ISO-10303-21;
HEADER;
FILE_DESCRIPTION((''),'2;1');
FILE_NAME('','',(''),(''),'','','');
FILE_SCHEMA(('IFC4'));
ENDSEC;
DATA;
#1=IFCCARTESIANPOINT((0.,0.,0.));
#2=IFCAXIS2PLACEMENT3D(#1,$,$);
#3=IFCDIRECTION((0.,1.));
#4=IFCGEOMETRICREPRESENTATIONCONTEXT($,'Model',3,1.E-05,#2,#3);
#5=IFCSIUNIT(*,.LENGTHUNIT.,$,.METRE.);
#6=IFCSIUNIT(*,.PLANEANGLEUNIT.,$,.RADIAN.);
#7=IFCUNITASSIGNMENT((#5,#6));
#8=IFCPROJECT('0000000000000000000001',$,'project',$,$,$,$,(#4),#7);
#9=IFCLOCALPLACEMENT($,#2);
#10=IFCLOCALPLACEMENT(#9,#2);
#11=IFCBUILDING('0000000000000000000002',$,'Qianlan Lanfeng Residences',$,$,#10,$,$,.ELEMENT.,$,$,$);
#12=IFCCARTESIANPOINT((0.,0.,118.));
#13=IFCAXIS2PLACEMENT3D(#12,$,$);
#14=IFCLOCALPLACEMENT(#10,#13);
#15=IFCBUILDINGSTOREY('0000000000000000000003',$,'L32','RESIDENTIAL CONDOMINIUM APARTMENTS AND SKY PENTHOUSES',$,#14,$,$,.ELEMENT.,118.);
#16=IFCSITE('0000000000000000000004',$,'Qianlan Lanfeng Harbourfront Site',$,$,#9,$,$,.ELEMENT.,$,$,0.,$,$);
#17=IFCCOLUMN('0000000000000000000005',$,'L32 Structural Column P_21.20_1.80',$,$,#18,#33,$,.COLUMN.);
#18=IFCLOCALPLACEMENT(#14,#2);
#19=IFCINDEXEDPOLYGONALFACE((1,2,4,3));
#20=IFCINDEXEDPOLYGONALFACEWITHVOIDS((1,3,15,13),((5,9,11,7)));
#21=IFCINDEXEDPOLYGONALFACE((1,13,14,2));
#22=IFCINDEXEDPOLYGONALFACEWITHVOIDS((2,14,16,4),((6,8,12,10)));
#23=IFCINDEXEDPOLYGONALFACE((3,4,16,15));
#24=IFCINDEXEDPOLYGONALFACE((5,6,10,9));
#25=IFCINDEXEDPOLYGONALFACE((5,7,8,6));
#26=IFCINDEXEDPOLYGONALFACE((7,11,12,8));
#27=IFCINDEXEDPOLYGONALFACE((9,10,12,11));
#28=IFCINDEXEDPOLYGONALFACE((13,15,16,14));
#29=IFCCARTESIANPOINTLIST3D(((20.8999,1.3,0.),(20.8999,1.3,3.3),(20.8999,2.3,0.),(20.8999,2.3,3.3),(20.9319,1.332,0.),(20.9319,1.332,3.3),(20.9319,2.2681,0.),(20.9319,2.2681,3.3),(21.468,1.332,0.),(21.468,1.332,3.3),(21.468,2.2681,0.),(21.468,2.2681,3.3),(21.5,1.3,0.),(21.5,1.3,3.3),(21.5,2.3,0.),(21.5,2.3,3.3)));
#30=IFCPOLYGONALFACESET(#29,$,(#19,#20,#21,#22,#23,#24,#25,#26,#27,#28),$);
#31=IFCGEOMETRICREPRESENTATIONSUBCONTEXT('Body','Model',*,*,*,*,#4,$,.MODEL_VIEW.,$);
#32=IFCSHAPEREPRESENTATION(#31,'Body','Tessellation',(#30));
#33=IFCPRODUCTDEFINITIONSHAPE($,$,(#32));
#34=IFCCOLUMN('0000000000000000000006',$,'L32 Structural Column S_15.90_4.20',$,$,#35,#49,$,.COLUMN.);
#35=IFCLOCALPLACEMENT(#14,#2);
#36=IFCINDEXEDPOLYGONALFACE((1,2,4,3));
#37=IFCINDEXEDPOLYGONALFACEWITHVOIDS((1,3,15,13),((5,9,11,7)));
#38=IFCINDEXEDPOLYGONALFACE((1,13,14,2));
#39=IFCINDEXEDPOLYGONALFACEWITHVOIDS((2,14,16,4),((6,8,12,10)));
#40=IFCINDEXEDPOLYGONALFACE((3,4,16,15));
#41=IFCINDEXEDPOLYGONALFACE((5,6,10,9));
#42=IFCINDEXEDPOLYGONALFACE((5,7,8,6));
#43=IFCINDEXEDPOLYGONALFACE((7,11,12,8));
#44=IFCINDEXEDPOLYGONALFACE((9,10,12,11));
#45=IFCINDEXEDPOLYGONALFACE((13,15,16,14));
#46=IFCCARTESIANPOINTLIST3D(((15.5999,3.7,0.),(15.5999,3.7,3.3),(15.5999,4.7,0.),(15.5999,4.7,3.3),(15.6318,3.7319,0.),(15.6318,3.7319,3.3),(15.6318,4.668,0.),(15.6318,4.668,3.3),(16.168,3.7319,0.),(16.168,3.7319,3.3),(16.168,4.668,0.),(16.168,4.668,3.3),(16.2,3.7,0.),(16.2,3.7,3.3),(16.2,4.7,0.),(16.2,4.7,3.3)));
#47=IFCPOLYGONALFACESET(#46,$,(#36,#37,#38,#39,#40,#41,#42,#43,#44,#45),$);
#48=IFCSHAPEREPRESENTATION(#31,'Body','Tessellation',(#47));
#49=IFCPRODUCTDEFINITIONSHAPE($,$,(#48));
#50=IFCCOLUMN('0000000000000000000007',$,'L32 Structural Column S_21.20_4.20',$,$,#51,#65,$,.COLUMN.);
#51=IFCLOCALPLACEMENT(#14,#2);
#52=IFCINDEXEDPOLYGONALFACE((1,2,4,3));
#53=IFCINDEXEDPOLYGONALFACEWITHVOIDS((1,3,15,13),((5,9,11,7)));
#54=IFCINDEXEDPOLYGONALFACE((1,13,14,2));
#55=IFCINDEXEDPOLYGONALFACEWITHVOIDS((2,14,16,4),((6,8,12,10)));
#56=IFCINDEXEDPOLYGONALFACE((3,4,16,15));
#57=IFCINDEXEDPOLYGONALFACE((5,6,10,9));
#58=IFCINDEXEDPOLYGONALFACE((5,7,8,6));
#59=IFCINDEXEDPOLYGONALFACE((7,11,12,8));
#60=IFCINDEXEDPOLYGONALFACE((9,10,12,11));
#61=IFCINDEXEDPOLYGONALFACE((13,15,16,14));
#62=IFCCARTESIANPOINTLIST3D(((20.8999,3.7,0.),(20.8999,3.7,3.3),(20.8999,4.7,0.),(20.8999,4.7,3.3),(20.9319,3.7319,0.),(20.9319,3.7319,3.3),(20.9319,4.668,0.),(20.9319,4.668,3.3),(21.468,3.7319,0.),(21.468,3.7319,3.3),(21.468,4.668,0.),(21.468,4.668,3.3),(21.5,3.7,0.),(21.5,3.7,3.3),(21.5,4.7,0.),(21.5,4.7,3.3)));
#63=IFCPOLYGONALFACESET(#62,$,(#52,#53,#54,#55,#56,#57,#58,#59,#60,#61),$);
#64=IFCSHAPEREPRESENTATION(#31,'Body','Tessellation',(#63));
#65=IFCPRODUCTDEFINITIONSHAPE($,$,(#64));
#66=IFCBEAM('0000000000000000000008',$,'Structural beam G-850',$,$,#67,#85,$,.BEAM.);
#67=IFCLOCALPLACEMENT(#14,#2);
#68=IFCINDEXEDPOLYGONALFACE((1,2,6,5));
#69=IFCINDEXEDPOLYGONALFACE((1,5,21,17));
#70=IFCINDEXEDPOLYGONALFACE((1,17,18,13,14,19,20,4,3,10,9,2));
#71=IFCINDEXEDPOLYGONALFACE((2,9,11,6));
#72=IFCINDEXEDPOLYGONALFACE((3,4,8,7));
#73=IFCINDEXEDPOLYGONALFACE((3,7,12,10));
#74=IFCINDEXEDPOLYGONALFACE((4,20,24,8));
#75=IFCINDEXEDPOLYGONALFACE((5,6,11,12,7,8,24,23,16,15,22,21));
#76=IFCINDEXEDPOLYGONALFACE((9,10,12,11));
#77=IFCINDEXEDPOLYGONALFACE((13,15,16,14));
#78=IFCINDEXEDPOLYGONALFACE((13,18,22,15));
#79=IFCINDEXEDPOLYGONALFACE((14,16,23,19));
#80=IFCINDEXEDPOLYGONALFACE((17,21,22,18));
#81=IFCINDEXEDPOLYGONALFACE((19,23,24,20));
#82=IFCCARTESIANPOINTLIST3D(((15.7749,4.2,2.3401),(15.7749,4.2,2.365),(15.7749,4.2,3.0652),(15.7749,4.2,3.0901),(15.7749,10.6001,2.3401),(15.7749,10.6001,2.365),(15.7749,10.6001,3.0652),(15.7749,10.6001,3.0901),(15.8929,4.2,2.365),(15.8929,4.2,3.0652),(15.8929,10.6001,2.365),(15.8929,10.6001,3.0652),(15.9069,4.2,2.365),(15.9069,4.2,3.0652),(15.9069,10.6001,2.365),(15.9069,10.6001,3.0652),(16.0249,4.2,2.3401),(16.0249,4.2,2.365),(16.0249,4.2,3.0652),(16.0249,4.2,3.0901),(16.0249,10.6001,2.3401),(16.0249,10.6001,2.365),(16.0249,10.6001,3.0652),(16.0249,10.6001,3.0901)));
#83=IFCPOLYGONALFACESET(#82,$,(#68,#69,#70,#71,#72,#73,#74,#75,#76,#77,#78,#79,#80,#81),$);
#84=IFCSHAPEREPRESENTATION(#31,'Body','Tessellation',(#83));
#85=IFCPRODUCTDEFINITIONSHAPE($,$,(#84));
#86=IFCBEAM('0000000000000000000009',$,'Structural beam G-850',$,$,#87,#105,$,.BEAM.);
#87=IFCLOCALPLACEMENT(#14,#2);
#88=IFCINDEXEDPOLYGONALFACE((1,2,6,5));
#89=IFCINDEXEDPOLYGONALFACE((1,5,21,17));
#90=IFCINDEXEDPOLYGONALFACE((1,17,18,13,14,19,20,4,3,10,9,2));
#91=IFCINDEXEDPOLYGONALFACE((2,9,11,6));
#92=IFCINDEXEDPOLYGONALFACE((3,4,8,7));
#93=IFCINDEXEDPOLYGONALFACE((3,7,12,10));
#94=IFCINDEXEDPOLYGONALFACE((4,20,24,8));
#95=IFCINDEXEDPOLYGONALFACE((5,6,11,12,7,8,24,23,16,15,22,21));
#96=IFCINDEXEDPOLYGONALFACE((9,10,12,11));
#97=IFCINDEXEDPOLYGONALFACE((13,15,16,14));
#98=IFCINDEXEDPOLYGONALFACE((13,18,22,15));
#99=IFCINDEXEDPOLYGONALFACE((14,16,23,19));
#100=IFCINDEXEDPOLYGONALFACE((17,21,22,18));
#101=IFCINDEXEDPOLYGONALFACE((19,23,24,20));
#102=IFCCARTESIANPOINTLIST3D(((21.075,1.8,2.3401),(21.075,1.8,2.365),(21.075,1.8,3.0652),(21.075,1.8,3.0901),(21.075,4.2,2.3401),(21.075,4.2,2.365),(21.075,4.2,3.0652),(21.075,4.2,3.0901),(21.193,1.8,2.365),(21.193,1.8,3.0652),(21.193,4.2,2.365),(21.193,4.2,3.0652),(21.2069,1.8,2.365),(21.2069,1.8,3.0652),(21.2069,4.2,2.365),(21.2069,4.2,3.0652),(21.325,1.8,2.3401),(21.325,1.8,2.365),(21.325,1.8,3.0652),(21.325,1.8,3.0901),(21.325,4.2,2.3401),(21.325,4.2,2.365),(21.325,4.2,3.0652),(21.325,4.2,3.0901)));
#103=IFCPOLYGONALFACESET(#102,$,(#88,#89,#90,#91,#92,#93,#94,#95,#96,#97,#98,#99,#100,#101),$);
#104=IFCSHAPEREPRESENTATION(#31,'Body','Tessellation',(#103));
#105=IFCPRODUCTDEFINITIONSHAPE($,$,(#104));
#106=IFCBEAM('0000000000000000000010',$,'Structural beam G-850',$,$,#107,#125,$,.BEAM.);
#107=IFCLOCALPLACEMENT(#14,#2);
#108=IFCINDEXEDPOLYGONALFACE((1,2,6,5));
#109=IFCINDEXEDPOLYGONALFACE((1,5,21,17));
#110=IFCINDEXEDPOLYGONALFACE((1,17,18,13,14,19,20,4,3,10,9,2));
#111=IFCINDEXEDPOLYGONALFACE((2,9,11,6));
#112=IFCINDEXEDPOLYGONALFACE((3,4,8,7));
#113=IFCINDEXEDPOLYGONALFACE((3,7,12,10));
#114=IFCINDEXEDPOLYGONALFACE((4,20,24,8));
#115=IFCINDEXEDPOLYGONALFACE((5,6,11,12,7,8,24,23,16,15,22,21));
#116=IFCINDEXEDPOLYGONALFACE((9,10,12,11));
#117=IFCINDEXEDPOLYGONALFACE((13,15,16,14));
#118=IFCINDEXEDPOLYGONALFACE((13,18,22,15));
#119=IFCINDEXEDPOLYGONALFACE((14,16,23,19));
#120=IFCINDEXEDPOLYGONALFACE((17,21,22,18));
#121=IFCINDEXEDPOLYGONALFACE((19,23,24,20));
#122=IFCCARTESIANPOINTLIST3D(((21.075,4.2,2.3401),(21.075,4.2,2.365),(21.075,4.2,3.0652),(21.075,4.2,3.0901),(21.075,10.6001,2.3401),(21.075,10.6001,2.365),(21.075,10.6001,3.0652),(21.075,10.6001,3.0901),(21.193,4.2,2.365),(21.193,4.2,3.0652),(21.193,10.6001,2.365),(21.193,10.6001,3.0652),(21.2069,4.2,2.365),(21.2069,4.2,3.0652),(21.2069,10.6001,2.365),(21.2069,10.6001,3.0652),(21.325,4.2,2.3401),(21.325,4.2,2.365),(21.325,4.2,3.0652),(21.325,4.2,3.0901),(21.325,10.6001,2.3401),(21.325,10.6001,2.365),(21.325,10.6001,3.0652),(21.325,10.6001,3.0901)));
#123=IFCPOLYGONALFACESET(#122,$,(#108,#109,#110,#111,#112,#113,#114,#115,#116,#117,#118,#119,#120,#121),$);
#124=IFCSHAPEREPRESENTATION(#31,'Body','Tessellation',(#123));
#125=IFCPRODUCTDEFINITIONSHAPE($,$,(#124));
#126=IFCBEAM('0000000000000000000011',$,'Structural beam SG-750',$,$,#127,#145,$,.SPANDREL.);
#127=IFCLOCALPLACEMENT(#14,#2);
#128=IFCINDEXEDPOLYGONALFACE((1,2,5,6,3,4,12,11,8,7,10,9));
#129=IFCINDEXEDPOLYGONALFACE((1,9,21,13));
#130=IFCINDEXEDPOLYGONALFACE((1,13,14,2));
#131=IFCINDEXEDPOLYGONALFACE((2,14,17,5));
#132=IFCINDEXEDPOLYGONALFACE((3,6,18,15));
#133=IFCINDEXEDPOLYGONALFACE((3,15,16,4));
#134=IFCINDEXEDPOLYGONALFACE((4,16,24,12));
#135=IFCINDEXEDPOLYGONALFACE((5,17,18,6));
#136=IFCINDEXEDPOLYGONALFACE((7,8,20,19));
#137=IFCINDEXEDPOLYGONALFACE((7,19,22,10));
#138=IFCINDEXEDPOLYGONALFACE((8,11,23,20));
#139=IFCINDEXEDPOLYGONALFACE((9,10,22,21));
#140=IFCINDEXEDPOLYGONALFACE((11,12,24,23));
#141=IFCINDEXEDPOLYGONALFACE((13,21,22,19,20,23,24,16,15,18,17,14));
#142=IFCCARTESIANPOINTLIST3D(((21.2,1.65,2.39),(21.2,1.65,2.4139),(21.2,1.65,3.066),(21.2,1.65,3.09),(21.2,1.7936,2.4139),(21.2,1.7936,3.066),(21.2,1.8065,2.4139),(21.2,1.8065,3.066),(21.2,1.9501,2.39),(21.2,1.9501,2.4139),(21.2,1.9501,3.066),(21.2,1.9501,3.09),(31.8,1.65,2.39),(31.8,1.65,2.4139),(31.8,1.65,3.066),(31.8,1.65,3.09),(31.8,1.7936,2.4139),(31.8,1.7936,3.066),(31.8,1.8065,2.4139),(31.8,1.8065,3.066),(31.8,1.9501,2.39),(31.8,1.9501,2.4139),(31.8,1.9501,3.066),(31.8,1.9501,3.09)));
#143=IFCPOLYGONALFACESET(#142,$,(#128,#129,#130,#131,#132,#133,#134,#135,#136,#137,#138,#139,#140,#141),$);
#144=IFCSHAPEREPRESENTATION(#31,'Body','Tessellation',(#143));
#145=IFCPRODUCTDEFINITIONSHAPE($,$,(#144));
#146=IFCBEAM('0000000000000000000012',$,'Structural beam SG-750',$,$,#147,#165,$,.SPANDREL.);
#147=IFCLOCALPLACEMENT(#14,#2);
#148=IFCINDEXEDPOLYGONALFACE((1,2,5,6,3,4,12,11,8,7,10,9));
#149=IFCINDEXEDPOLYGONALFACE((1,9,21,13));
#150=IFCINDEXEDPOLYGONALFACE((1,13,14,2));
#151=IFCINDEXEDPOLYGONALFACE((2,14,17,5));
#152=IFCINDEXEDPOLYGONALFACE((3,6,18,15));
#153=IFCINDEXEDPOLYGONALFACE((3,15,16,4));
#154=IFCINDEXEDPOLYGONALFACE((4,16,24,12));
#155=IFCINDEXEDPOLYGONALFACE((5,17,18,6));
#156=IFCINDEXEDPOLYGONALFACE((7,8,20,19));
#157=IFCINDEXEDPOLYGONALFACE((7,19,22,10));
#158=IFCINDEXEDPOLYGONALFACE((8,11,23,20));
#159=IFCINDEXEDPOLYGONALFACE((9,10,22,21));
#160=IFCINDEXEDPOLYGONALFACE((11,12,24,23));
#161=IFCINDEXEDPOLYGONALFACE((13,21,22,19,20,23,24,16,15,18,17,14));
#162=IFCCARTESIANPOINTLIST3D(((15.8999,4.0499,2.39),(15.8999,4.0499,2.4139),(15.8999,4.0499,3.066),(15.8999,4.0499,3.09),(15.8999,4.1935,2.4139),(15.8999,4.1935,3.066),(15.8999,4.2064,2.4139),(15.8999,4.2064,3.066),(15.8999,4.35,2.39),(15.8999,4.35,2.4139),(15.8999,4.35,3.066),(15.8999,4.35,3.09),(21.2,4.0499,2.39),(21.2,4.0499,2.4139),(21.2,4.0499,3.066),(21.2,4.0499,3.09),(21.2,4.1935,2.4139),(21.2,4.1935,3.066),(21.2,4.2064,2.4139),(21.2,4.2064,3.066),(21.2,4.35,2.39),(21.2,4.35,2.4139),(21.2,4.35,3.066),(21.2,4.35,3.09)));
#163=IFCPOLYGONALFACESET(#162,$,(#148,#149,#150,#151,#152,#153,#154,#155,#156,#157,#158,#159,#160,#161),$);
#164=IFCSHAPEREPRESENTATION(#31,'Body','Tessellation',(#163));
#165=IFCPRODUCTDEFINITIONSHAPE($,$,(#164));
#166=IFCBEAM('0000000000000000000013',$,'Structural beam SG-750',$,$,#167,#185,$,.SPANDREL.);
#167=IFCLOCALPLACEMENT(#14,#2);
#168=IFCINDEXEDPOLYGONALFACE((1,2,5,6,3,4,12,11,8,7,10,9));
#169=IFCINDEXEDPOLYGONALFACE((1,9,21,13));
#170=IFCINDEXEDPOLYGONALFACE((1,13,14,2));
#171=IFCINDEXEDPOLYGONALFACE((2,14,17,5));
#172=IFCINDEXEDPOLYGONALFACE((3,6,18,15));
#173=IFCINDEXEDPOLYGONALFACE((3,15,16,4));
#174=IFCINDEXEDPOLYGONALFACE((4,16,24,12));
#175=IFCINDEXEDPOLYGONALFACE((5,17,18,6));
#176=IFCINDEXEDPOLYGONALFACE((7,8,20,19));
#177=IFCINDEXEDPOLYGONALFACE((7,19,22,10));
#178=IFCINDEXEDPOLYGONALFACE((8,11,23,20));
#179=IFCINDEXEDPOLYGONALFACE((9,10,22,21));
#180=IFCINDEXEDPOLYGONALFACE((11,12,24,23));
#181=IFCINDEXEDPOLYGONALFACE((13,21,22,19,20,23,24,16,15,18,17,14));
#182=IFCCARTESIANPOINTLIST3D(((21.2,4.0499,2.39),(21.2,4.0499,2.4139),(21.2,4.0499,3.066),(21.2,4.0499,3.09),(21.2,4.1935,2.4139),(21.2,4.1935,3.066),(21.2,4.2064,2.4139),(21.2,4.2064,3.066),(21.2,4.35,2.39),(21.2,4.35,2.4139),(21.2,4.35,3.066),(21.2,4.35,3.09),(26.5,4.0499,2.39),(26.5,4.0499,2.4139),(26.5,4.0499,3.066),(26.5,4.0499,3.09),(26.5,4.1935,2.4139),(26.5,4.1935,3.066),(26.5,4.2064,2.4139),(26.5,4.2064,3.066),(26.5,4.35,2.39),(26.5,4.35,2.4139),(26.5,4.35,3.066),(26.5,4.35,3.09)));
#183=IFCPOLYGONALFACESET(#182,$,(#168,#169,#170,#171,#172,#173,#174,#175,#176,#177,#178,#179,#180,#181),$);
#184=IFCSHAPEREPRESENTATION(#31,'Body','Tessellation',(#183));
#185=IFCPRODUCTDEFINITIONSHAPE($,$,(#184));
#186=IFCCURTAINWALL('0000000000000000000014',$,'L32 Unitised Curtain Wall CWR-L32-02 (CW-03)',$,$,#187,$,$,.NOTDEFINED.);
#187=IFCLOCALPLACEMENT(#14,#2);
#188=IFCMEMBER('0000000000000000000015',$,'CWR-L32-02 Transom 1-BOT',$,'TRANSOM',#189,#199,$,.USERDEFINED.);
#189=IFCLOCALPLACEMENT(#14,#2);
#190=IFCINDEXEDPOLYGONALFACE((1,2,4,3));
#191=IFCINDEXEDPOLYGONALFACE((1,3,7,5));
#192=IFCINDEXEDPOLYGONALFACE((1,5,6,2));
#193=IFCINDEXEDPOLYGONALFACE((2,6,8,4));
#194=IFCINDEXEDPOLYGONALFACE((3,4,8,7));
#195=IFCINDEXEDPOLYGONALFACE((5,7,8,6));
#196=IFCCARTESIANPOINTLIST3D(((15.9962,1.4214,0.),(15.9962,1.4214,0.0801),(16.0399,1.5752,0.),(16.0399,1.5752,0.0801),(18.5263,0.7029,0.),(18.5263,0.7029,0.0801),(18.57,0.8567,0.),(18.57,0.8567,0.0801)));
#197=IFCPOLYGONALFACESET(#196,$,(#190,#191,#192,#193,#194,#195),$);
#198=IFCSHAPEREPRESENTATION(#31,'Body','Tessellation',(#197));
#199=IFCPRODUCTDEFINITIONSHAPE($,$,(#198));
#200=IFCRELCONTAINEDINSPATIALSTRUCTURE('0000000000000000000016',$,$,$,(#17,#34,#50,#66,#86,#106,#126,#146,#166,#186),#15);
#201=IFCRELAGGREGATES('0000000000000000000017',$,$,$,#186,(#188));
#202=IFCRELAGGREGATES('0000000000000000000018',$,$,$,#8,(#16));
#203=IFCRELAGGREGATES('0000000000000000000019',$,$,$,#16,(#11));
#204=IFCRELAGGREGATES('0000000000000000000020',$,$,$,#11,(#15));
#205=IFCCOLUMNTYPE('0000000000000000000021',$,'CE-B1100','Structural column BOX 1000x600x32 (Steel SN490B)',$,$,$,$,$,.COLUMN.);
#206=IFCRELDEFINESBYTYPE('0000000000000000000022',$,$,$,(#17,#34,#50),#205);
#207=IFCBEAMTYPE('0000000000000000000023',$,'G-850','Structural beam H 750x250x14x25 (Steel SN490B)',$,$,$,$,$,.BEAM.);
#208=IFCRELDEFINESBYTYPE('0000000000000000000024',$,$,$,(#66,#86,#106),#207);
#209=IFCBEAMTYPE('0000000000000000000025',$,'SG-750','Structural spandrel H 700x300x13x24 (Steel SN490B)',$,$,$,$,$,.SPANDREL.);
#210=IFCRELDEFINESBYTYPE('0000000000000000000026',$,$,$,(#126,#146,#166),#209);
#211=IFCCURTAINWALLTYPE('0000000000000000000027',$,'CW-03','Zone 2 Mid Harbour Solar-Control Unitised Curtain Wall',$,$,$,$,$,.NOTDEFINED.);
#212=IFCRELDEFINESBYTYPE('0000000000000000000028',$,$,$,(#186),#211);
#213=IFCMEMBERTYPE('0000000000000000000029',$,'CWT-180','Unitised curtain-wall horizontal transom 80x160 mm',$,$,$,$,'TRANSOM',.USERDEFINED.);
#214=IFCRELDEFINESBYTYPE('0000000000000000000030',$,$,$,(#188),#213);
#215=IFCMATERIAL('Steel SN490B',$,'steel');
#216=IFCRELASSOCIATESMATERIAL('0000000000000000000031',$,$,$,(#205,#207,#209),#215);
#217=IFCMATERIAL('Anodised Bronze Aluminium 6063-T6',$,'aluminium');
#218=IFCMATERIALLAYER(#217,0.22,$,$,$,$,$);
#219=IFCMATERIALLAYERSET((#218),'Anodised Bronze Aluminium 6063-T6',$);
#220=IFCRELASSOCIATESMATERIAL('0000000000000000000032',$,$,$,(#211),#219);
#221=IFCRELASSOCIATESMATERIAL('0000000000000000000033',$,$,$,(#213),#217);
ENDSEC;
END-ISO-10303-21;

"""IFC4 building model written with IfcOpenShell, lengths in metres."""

from ifc_helpers import new_model, si_unit, direction, frame, origin, origin_2d, place, context, subcontext, project, spatial, rectangle, hollow_rectangle, i_section, extrude, source, transform, mapped, material, layer, layer_set, material_profile, profile_set, type_object, element, aggregate, save


model = new_model("IFC4")

# Units and contexts
model_context = context("Model", 3, precision=1e-05, world=origin(), true_north=direction((0.0, 1.0)))
body_context = subcontext(model_context, "Body", "Model", "MODEL_VIEW")
ifc_project = project(units=[si_unit("LENGTHUNIT", "METRE"), si_unit("PLANEANGLEUNIT", "RADIAN")], contexts=[model_context])

# Site, building, storey
site_placement = place(None, origin())
site = spatial("IfcSite", under=ifc_project, at=site_placement, Name="Qianlan Lanfeng Harbourfront Site", CompositionType="ELEMENT", RefElevation=0.0)
building_placement = place(site_placement, origin())
building = spatial("IfcBuilding", under=site, at=building_placement, Name="Qianlan Lanfeng Residences", CompositionType="ELEMENT")
storey_placement = place(building_placement, frame((0.0, 0.0, 118.0)))
storey = spatial("IfcBuildingStorey", under=building, at=storey_placement, Name="L32", Description="RESIDENTIAL CONDOMINIUM APARTMENTS AND SKY PENTHOUSES", CompositionType="ELEMENT", Elevation=118.0)

# Columns
ifc_material_1 = material(Name="Steel SN490B", Category="steel")
ifc_material_profile_1 = material_profile(ifc_material_1, hollow_rectangle(XDim=0.6001, YDim=1.0, WallThickness=0.032, at=origin_2d()), Name="BOX 1000x600x32")
ifc_profile_set_1 = profile_set([ifc_material_profile_1], Name="Steel SN490B")
column_type = type_object("IfcColumnType", Name="CE-B1100", Description="Structural column BOX 1000x600x32 (Steel SN490B)", PredefinedType="COLUMN", material=ifc_profile_set_1)
for number, where, z_axis, x_axis, name in (
    (1, (21.2, 1.8, 0.0), (0.0, 0.0, 1.0), (1.0, 0.0, 0.0), "L32 Structural Column P_21.20_1.80"),
    (2, (15.8999, 4.2, 0.0), (0.0, 0.0, 1.0), (1.0, 0.0, 0.0), "L32 Structural Column S_15.90_4.20"),
    (3, (21.2, 4.2, 0.0), (0.0, 0.0, 1.0), (1.0, 0.0, 0.0), "L32 Structural Column S_21.20_4.20"),
):
    element("IfcColumn", number, at=place(storey_placement, frame(where, z_axis=z_axis, x_axis=x_axis)), inside=storey, type_object=column_type, Name=name, PredefinedType="COLUMN", context=body_context, shape_type="SweptSolid", body=[
        extrude(hollow_rectangle(XDim=0.6001, YDim=1.0, WallThickness=0.032, at=origin_2d()), origin(), (0.0, 0.0, 1.0), 3.3),
    ])

# Beams
ifc_material_profile_2 = material_profile(ifc_material_1, i_section(OverallWidth=0.25, OverallDepth=0.75, WebThickness=0.0139, FlangeThickness=0.0249, at=origin_2d()), Name="H 750x250x14x25")
ifc_profile_set_2 = profile_set([ifc_material_profile_2], Name="Steel SN490B")
beam_type_1 = type_object("IfcBeamType", Name="G-850", Description="Structural beam H 750x250x14x25 (Steel SN490B)", PredefinedType="BEAM", material=ifc_profile_set_2)
beam_1_placement = place(storey_placement, frame((15.8999, 4.2, 2.7151), z_axis=(0.0, 1.0, 0.0), x_axis=(-1.0, 0.0, 0.0)))
element("IfcBeam", 4, at=beam_1_placement, inside=storey, type_object=beam_type_1, Name="Structural beam G-850", PredefinedType="BEAM", context=body_context, shape_type="SweptSolid", body=[
    extrude(i_section(OverallWidth=0.25, OverallDepth=0.75, WebThickness=0.0139, FlangeThickness=0.0249, at=origin_2d()), origin(), (0.0, 0.0, 1.0), 6.4001),
])
beam_2_placement = place(storey_placement, frame((21.2, 1.8, 2.7151), z_axis=(0.0, 1.0, 0.0), x_axis=(-1.0, 0.0, 0.0)))
element("IfcBeam", 5, at=beam_2_placement, inside=storey, type_object=beam_type_1, Name="Structural beam G-850", PredefinedType="BEAM", context=body_context, shape_type="SweptSolid", body=[
    extrude(i_section(OverallWidth=0.25, OverallDepth=0.75, WebThickness=0.0139, FlangeThickness=0.0249, at=origin_2d()), origin(), (0.0, 0.0, 1.0), 2.3999),
])
beam_3_placement = place(storey_placement, frame((21.2, 4.2, 2.7151), z_axis=(0.0, 1.0, 0.0), x_axis=(-1.0, 0.0, 0.0)))
element("IfcBeam", 6, at=beam_3_placement, inside=storey, type_object=beam_type_1, Name="Structural beam G-850", PredefinedType="BEAM", context=body_context, shape_type="SweptSolid", body=[
    extrude(i_section(OverallWidth=0.25, OverallDepth=0.75, WebThickness=0.0139, FlangeThickness=0.0249, at=origin_2d()), origin(), (0.0, 0.0, 1.0), 6.4001),
])
ifc_material_profile_3 = material_profile(ifc_material_1, i_section(OverallWidth=0.3, OverallDepth=0.7, WebThickness=0.0129, FlangeThickness=0.0239, at=origin_2d()), Name="H 700x300x13x24")
ifc_profile_set_3 = profile_set([ifc_material_profile_3], Name="Steel SN490B")
beam_type_2 = type_object("IfcBeamType", Name="SG-750", Description="Structural spandrel H 700x300x13x24 (Steel SN490B)", PredefinedType="SPANDREL", material=ifc_profile_set_3)
beam_4_placement = place(storey_placement, frame((21.2, 1.8, 2.74), z_axis=(1.0, 0.0, 0.0), x_axis=(0.0, 1.0, 0.0)))
element("IfcBeam", 7, at=beam_4_placement, inside=storey, type_object=beam_type_2, Name="Structural beam SG-750", PredefinedType="SPANDREL", context=body_context, shape_type="SweptSolid", body=[
    extrude(i_section(OverallWidth=0.3, OverallDepth=0.7, WebThickness=0.0129, FlangeThickness=0.0239, at=origin_2d()), origin(), (0.0, 0.0, 1.0), 10.6001),
])
for number, where, z_axis, x_axis, name in (
    (8, (15.8999, 4.2, 2.74), (1.0, 0.0, 0.0), (0.0, 1.0, 0.0), "Structural beam SG-750"),
    (9, (21.2, 4.2, 2.74), (1.0, 0.0, 0.0), (0.0, 1.0, 0.0), "Structural beam SG-750"),
):
    element("IfcBeam", number, at=place(storey_placement, frame(where, z_axis=z_axis, x_axis=x_axis)), inside=storey, type_object=beam_type_2, Name=name, PredefinedType="SPANDREL", context=body_context, shape_type="SweptSolid", body=[
        extrude(i_section(OverallWidth=0.3, OverallDepth=0.7, WebThickness=0.0129, FlangeThickness=0.0239, at=origin_2d()), origin(), (0.0, 0.0, 1.0), 5.3),
    ])

# Curtain wall, member
ifc_material_2 = material(Name="Anodised Bronze Aluminium 6063-T6", Category="aluminium")
ifc_layer_1 = layer(ifc_material_2, 0.22)
ifc_layer_set_1 = layer_set([ifc_layer_1], Name="Anodised Bronze Aluminium 6063-T6")
curtain_wall_type = type_object("IfcCurtainWallType", Name="CW-03", Description="Zone 2 Mid Harbour Solar-Control Unitised Curtain Wall", PredefinedType="NOTDEFINED", material=ifc_layer_set_1)
curtain_wall_1_placement = place(storey_placement, origin())
curtain_wall_1 = element("IfcCurtainWall", 10, at=curtain_wall_1_placement, inside=storey, type_object=curtain_wall_type, Name="L32 Unitised Curtain Wall CWR-L32-02 (CW-03)", PredefinedType="NOTDEFINED")
ifc_material_profile_4 = material_profile(ifc_material_2, rectangle(XDim=0.0801, YDim=0.1599, at=origin_2d()), Name="ALU TRANSOM 80x160")
ifc_profile_set_4 = profile_set([ifc_material_profile_4], Name="Anodised Bronze Aluminium 6063-T6")
member_type_1 = type_object("IfcMemberType", Name="CWT-180", Description="Unitised curtain-wall horizontal transom 80x160 mm", ElementType="TRANSOM", PredefinedType="USERDEFINED", material=ifc_profile_set_4)
shared_shape_1 = source(origin(), body_context, "Body", "SweptSolid", [
    extrude(rectangle(XDim=0.0801, YDim=0.1599, at=origin_2d()), origin(), (0.0, 0.0, 1.0), 2.6301),
])
member_1_placement = place(storey_placement, frame((16.0181, 1.4983, 0.04), z_axis=(0.961961, -0.273188, 0.0), x_axis=(0.0, 0.0, 1.0)))
member_1 = element("IfcMember", 11, at=member_1_placement, type_object=member_type_1, Name="CWR-L32-02 Transom 1-BOT", ObjectType="TRANSOM", PredefinedType="USERDEFINED", context=body_context, shape_type="MappedRepresentation", body=[
    mapped(shared_shape_1, transform((0.0, 0.0, 0.0), scale=1.0)),
])

aggregate(curtain_wall_1, [member_1])

save(model, "model.ifc")
